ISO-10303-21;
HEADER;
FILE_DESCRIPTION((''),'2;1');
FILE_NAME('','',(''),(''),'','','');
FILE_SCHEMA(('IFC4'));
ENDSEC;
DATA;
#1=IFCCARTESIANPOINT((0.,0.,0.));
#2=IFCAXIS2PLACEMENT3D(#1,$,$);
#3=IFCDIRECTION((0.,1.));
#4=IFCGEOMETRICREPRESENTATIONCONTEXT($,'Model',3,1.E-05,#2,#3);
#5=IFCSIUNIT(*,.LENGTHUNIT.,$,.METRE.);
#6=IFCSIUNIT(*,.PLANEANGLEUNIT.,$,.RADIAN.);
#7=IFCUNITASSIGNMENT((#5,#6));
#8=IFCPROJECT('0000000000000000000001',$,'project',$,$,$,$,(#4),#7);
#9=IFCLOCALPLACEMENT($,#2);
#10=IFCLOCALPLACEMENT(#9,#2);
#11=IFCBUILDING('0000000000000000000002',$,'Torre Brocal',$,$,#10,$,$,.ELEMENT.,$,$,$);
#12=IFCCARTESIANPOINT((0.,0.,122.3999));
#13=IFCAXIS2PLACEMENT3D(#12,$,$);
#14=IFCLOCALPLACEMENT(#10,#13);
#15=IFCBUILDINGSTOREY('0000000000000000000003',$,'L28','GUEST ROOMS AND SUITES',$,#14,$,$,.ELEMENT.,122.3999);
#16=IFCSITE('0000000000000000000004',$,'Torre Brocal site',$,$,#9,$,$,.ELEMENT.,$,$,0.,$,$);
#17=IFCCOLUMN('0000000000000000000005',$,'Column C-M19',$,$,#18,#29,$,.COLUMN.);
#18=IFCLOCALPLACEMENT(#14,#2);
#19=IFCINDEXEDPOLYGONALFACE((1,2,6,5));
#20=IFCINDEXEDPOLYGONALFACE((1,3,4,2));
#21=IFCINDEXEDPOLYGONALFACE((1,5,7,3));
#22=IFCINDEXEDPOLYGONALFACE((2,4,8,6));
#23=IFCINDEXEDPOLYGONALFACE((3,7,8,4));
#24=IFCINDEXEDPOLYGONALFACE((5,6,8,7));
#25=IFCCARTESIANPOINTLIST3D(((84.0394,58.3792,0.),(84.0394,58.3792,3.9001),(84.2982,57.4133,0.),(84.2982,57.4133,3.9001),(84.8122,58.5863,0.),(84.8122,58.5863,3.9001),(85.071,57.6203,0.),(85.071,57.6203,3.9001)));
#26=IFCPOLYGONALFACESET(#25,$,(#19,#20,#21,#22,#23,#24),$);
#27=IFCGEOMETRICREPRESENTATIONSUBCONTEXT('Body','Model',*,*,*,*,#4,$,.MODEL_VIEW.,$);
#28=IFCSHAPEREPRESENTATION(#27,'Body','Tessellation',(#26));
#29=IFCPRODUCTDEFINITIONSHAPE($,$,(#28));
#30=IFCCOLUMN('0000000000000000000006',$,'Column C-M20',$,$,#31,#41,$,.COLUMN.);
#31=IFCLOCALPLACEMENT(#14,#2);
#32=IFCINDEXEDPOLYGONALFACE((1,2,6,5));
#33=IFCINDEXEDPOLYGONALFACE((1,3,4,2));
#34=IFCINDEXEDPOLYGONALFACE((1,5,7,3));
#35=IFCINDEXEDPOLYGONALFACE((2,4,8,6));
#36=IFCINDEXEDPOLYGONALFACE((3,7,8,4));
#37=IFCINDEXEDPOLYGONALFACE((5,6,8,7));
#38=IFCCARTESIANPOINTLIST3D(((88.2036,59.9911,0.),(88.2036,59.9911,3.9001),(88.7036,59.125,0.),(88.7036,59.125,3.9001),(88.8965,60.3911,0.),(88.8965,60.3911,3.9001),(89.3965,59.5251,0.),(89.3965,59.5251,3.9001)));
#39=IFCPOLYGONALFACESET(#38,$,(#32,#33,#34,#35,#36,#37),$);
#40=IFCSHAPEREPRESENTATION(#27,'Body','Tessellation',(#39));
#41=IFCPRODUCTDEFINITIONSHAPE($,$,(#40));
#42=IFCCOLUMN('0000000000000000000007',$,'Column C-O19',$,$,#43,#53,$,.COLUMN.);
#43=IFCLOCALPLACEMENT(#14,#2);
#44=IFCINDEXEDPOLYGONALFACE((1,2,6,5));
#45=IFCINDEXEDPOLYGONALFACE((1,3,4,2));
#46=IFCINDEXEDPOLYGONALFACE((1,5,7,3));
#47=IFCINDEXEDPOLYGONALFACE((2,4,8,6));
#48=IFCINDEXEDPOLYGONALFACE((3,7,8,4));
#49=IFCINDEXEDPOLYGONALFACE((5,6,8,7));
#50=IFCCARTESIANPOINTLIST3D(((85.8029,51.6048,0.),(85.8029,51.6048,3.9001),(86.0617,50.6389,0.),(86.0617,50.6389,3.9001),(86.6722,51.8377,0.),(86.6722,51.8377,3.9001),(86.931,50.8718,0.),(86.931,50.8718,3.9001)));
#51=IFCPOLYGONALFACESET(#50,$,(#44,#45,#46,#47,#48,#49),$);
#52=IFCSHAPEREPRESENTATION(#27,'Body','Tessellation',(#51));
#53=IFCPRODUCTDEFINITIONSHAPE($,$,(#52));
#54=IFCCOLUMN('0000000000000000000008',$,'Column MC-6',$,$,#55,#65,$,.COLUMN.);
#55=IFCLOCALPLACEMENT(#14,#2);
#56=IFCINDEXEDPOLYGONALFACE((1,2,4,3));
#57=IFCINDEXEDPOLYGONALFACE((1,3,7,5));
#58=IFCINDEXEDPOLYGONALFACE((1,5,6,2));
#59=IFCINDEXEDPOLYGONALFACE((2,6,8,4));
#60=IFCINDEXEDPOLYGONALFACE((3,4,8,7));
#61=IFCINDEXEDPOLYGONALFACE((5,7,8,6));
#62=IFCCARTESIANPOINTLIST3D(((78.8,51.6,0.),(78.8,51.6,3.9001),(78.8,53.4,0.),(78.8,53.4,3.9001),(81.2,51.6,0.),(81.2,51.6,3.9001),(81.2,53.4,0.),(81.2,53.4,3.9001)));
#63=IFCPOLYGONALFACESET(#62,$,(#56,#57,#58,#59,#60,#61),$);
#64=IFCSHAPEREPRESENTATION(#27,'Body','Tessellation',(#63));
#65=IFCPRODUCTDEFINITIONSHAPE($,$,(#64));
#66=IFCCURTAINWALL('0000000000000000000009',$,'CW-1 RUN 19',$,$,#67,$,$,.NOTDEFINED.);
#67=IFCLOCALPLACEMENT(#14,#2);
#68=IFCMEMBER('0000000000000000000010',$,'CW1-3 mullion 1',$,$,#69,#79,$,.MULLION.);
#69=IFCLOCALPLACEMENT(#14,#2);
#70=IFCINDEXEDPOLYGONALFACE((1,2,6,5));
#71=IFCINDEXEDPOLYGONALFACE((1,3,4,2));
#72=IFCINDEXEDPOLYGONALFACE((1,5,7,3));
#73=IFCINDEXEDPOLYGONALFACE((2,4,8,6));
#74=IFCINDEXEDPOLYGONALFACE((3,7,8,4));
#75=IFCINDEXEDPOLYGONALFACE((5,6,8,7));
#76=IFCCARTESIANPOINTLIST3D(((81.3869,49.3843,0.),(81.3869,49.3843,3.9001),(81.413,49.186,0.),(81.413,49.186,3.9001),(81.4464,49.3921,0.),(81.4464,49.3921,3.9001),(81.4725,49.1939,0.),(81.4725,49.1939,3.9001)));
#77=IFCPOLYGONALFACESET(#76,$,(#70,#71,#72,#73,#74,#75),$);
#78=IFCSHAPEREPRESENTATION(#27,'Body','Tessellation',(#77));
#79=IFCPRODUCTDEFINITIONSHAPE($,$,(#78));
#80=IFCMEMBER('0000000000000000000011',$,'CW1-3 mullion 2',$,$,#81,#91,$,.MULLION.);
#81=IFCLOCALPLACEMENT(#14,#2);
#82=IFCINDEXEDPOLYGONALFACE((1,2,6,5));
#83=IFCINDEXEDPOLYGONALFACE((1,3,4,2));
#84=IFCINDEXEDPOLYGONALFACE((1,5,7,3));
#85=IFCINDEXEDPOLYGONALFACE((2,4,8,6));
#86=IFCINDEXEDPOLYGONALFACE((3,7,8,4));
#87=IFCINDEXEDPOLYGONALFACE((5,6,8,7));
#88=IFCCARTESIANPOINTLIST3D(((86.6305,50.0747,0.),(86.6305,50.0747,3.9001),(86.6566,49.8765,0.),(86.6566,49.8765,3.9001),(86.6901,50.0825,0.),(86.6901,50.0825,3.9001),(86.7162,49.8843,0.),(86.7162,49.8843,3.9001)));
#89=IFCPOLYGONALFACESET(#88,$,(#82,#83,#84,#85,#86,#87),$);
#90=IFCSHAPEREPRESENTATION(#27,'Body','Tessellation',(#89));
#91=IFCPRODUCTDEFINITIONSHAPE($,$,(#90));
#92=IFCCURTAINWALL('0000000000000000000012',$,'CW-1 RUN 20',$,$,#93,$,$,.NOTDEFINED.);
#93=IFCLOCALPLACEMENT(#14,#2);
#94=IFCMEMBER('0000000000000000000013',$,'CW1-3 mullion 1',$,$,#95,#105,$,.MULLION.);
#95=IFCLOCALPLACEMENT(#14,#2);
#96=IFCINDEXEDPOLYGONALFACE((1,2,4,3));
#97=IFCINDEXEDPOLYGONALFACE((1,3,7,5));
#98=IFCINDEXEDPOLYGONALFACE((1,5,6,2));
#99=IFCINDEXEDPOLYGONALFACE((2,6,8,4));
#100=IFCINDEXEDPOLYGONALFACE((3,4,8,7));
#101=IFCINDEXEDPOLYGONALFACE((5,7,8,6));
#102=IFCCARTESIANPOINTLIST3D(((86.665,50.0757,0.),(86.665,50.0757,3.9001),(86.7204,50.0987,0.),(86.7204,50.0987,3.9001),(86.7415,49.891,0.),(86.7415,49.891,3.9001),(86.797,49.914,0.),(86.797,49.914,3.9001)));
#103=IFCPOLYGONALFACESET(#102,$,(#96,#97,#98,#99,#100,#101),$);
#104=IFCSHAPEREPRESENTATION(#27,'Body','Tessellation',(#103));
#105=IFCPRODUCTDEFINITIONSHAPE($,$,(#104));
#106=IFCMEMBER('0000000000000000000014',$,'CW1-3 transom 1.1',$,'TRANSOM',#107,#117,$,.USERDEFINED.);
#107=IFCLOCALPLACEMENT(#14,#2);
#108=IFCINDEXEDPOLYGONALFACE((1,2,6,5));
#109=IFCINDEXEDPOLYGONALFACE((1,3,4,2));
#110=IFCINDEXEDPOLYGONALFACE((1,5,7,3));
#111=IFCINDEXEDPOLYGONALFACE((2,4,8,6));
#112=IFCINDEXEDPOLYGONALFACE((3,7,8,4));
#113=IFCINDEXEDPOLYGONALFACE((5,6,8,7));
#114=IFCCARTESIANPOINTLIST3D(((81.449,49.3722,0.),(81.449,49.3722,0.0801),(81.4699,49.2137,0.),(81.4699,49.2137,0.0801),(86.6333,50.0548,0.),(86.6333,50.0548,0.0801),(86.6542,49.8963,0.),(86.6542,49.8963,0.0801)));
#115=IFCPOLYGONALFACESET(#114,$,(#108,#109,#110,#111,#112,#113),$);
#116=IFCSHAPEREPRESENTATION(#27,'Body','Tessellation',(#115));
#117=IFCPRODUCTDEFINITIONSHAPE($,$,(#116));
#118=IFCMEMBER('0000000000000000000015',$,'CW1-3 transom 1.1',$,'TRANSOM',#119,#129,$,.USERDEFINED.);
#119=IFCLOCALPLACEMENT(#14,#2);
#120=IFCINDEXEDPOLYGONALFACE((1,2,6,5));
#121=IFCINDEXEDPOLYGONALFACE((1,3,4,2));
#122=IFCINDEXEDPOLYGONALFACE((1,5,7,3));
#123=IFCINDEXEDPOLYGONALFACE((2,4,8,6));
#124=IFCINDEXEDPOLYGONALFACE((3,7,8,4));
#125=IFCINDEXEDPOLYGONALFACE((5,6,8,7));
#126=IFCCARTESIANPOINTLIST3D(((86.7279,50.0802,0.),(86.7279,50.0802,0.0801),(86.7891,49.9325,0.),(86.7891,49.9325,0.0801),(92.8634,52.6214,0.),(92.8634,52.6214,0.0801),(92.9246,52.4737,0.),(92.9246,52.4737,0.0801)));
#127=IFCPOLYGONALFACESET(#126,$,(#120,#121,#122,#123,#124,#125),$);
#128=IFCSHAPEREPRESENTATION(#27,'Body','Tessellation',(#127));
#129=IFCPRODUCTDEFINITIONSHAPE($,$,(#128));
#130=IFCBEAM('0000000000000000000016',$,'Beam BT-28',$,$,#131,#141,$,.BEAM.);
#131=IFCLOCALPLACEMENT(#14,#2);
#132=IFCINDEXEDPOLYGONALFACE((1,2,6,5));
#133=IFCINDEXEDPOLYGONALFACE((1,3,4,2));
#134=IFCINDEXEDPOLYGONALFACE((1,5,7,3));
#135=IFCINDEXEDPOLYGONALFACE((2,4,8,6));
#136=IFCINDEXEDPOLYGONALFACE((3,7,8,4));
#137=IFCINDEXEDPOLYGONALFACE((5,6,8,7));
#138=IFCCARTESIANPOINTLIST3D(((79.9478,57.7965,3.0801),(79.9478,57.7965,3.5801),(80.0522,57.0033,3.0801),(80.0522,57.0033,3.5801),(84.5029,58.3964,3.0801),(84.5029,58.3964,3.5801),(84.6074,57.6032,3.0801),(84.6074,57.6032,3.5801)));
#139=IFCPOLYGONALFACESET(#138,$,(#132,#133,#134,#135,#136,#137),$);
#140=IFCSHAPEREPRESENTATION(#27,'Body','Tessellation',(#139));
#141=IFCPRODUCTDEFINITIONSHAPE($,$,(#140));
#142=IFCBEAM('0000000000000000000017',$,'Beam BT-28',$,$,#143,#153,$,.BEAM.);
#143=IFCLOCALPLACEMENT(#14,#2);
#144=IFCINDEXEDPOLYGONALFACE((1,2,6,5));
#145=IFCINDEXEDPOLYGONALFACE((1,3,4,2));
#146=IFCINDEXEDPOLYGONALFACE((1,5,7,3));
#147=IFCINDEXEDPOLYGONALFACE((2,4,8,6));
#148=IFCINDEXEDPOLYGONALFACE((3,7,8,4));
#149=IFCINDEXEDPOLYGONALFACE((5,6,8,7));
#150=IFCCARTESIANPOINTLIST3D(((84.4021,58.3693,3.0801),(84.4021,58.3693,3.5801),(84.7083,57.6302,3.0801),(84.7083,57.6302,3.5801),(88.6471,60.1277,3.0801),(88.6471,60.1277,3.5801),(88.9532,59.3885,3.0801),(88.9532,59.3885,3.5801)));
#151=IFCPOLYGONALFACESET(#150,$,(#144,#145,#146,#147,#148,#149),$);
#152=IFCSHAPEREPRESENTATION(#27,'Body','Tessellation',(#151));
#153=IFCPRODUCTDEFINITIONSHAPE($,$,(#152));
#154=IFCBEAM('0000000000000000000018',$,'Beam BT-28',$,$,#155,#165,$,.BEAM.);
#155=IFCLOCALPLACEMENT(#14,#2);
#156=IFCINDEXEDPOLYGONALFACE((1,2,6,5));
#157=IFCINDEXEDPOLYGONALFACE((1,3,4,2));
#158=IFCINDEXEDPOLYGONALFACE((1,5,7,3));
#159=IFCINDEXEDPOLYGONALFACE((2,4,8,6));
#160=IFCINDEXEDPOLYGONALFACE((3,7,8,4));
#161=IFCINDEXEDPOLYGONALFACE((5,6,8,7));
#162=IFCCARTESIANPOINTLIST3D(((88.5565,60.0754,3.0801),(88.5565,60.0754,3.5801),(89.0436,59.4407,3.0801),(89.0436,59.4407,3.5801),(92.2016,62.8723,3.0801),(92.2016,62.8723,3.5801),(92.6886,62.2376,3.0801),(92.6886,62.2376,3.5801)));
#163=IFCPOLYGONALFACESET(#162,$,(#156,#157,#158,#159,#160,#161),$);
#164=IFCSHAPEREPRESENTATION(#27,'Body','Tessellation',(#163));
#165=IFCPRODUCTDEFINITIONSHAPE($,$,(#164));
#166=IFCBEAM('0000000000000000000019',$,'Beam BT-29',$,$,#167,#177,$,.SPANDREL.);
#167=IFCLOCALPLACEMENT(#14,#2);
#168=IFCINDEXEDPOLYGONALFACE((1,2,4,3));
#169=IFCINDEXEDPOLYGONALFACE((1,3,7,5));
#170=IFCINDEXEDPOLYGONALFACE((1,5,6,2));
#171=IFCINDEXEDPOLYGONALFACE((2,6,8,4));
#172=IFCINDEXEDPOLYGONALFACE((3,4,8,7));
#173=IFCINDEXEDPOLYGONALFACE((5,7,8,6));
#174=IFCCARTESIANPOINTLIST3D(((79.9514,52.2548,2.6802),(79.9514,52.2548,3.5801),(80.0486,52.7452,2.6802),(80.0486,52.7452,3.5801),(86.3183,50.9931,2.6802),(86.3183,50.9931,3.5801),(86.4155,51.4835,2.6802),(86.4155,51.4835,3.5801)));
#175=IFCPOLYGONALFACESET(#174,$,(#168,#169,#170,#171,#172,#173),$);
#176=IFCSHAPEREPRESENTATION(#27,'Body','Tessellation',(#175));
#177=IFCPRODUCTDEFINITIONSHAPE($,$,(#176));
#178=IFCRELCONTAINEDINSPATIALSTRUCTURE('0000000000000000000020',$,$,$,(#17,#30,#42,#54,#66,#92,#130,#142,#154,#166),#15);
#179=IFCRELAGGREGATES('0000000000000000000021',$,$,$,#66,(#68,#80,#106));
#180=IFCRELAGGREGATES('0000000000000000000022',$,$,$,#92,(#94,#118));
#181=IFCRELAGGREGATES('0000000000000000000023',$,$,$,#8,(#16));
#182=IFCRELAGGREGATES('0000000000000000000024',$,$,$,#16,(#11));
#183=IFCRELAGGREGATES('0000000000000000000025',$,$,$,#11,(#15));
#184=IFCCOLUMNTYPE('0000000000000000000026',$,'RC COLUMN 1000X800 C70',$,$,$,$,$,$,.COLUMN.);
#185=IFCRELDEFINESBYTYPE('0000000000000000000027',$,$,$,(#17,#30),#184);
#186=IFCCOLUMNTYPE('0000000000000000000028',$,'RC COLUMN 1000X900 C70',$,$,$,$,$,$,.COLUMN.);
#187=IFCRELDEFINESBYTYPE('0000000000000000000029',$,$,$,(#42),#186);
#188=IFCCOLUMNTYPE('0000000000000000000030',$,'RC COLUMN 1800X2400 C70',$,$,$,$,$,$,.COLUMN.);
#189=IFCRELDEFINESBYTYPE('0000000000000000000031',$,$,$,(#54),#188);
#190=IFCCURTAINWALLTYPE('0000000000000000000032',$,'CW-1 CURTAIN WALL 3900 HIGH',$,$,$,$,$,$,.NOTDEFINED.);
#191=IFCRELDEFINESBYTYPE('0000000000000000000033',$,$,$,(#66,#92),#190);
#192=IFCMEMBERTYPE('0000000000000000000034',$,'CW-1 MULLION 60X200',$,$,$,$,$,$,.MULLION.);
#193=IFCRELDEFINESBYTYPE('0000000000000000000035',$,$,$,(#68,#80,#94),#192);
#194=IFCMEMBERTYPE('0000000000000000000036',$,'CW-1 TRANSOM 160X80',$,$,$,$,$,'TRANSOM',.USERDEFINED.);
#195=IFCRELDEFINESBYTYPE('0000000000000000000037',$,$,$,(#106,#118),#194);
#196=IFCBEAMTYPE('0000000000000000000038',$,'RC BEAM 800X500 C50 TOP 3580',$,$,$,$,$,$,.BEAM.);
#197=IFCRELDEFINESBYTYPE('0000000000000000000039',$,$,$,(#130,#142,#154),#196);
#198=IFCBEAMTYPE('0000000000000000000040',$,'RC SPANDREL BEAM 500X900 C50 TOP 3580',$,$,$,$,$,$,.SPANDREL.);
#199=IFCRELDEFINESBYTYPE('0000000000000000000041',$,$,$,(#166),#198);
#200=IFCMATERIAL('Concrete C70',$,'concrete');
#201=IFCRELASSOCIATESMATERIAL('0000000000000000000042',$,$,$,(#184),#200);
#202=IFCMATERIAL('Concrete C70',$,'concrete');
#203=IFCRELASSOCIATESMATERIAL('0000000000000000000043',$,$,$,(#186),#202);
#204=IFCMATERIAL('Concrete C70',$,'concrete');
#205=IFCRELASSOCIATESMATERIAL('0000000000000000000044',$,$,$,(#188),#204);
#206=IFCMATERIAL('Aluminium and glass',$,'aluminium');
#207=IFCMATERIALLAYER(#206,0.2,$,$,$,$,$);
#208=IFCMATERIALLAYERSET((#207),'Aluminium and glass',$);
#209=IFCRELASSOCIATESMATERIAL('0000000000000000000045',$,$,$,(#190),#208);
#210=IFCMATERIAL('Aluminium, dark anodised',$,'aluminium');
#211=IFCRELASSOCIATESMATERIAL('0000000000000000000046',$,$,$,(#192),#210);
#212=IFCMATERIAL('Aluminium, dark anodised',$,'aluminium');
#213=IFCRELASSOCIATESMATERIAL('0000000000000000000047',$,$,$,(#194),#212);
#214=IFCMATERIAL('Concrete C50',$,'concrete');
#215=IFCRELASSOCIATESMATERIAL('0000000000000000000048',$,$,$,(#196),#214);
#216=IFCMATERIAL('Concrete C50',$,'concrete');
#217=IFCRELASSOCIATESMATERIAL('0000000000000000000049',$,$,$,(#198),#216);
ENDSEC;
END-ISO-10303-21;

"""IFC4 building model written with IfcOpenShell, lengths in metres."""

from ifc_helpers import new_model, si_unit, direction, frame, origin, origin_2d, place, context, subcontext, project, spatial, rectangle, extrude, material, layer, layer_set, material_profile, profile_set, type_object, element, aggregate, save


model = new_model("IFC4")

# Units and contexts
model_context = context("Model", 3, precision=1e-05, world=origin(), true_north=direction((0.0, 1.0)))
body_context = subcontext(model_context, "Body", "Model", "MODEL_VIEW")
ifc_project = project(units=[si_unit("LENGTHUNIT", "METRE"), si_unit("PLANEANGLEUNIT", "RADIAN")], contexts=[model_context])

# Site, building, storey
site_placement = place(None, origin())
site = spatial("IfcSite", under=ifc_project, at=site_placement, Name="Torre Brocal site", CompositionType="ELEMENT", RefElevation=0.0)
building_placement = place(site_placement, origin())
building = spatial("IfcBuilding", under=site, at=building_placement, Name="Torre Brocal", CompositionType="ELEMENT")
storey_placement = place(building_placement, frame((0.0, 0.0, 122.3999)))
storey = spatial("IfcBuildingStorey", under=building, at=storey_placement, Name="L28", Description="GUEST ROOMS AND SUITES", CompositionType="ELEMENT", Elevation=122.3999)

# Columns
ifc_material_1 = material(Name="Concrete C70", Category="concrete")
ifc_material_profile_1 = material_profile(ifc_material_1, rectangle(XDim=1.0, YDim=0.8, at=origin_2d()), Name="RC 1000X800")
ifc_profile_set_1 = profile_set([ifc_material_profile_1], Name="Concrete C70")
column_type_1 = type_object("IfcColumnType", Name="RC COLUMN 1000X800 C70", PredefinedType="COLUMN", material=ifc_profile_set_1)
for number, where, z_axis, x_axis, name in (
    (1, (84.5552, 57.9998, 0.0), (0.0, 0.0, 1.0), (0.258819, -0.965926, 0.0), "Column C-M19"),
    (2, (88.8, 59.7581, 0.0), (0.0, 0.0, 1.0), (0.5, -0.866025, 0.0), "Column C-M20"),
):
    element("IfcColumn", number, at=place(storey_placement, frame(where, z_axis=z_axis, x_axis=x_axis)), inside=storey, type_object=column_type_1, Name=name, PredefinedType="COLUMN", context=body_context, shape_type="SweptSolid", body=[
        extrude(rectangle(XDim=1.0, YDim=0.8, at=origin_2d()), origin(), (0.0, 0.0, 1.0), 3.9001),
    ])
ifc_material_2 = material(Name="Concrete C70", Category="concrete")
ifc_material_profile_2 = material_profile(ifc_material_2, rectangle(XDim=1.0, YDim=0.8999, at=origin_2d()), Name="RC 1000X900")
ifc_profile_set_2 = profile_set([ifc_material_profile_2], Name="Concrete C70")
column_type_2 = type_object("IfcColumnType", Name="RC COLUMN 1000X900 C70", PredefinedType="COLUMN", material=ifc_profile_set_2)
column_1_placement = place(storey_placement, frame((86.3669, 51.2383, 0.0), z_axis=(0.0, 0.0, 1.0), x_axis=(0.258819, -0.965926, 0.0)))
element("IfcColumn", 3, at=column_1_placement, inside=storey, type_object=column_type_2, Name="Column C-O19", PredefinedType="COLUMN", context=body_context, shape_type="SweptSolid", body=[
    extrude(rectangle(XDim=1.0, YDim=0.8999, at=origin_2d()), origin(), (0.0, 0.0, 1.0), 3.9001),
])
ifc_material_3 = material(Name="Concrete C70", Category="concrete")
ifc_material_profile_3 = material_profile(ifc_material_3, rectangle(XDim=1.8, YDim=2.3999, at=origin_2d()), Name="RC 1800X2400")
ifc_profile_set_3 = profile_set([ifc_material_profile_3], Name="Concrete C70")
column_type_3 = type_object("IfcColumnType", Name="RC COLUMN 1800X2400 C70", PredefinedType="COLUMN", material=ifc_profile_set_3)
column_2_placement = place(storey_placement, frame((80.0, 52.5, 0.0), z_axis=(0.0, 0.0, 1.0), x_axis=(0.0, -1.0, 0.0)))
element("IfcColumn", 4, at=column_2_placement, inside=storey, type_object=column_type_3, Name="Column MC-6", PredefinedType="COLUMN", context=body_context, shape_type="SweptSolid", body=[
    extrude(rectangle(XDim=1.8, YDim=2.3999, at=origin_2d()), origin(), (0.0, 0.0, 1.0), 3.9001),
])

# Curtain wall, members
ifc_material_4 = material(Name="Aluminium and glass", Category="aluminium")
ifc_layer_1 = layer(ifc_material_4, 0.2)
ifc_layer_set_1 = layer_set([ifc_layer_1], Name="Aluminium and glass")
curtain_wall_type = type_object("IfcCurtainWallType", Name="CW-1 CURTAIN WALL 3900 HIGH", PredefinedType="NOTDEFINED", material=ifc_layer_set_1)
curtain_wall_1_placement = place(storey_placement, origin())
curtain_wall_1 = element("IfcCurtainWall", 5, at=curtain_wall_1_placement, inside=storey, type_object=curtain_wall_type, Name="CW-1 RUN 19", PredefinedType="NOTDEFINED")
ifc_material_5 = material(Name="Aluminium, dark anodised", Category="aluminium")
ifc_material_profile_4 = material_profile(ifc_material_5, rectangle(XDim=0.2, YDim=0.0601, at=origin_2d()), Name="CW-1 MULLION 60X200")
ifc_profile_set_4 = profile_set([ifc_material_profile_4], Name="Aluminium, dark anodised")
member_type_1 = type_object("IfcMemberType", Name="CW-1 MULLION 60X200", PredefinedType="MULLION", material=ifc_profile_set_4)
member_1_placement = place(storey_placement, frame((81.4297, 49.2891, 0.0), z_axis=(0.0, 0.0, 1.0), x_axis=(-0.130526, 0.991445, 0.0)))
member_1 = element("IfcMember", 6, at=member_1_placement, type_object=member_type_1, Name="CW1-3 mullion 1", PredefinedType="MULLION", context=body_context, shape_type="SweptSolid", body=[
    extrude(rectangle(XDim=0.2, YDim=0.0601, at=origin_2d()), origin(), (0.0, 0.0, 1.0), 3.9001),
])
member_2_placement = place(storey_placement, frame((86.6733, 49.9795, 0.0), z_axis=(0.0, 0.0, 1.0), x_axis=(-0.130526, 0.991445, 0.0)))
member_2 = element("IfcMember", 7, at=member_2_placement, type_object=member_type_1, Name="CW1-3 mullion 2", PredefinedType="MULLION", context=body_context, shape_type="SweptSolid", body=[
    extrude(rectangle(XDim=0.2, YDim=0.0601, at=origin_2d()), origin(), (0.0, 0.0, 1.0), 3.9001),
])

# Curtain wall, member
curtain_wall_2_placement = place(storey_placement, origin())
curtain_wall_2 = element("IfcCurtainWall", 8, at=curtain_wall_2_placement, inside=storey, type_object=curtain_wall_type, Name="CW-1 RUN 20", PredefinedType="NOTDEFINED")
member_3_placement = place(storey_placement, frame((86.731, 49.9949, 0.0), z_axis=(0.0, 0.0, 1.0), x_axis=(-0.382683, 0.92388, 0.0)))
member_3 = element("IfcMember", 9, at=member_3_placement, type_object=member_type_1, Name="CW1-3 mullion 1", PredefinedType="MULLION", context=body_context, shape_type="SweptSolid", body=[
    extrude(rectangle(XDim=0.2, YDim=0.0601, at=origin_2d()), origin(), (0.0, 0.0, 1.0), 3.9001),
])

# Members
ifc_material_6 = material(Name="Aluminium, dark anodised", Category="aluminium")
ifc_material_profile_5 = material_profile(ifc_material_6, rectangle(XDim=0.1599, YDim=0.0801, at=origin_2d()), Name="CW-1 TRANSOM 160X80")
ifc_profile_set_5 = profile_set([ifc_material_profile_5], Name="Aluminium, dark anodised")
member_type_2 = type_object("IfcMemberType", Name="CW-1 TRANSOM 160X80", ElementType="TRANSOM", PredefinedType="USERDEFINED", material=ifc_profile_set_5)
member_4_placement = place(storey_placement, frame((81.4595, 49.293, 0.04), z_axis=(0.991443, 0.130543, 0.0), x_axis=(-0.130543, 0.991443, 0.0)))
member_4 = element("IfcMember", 10, at=member_4_placement, type_object=member_type_2, Name="CW1-3 transom 1.1", ObjectType="TRANSOM", PredefinedType="USERDEFINED", context=body_context, shape_type="SweptSolid", body=[
    extrude(rectangle(XDim=0.1599, YDim=0.0801, at=origin_2d()), origin(), (0.0, 0.0, 1.0), 5.229),
])
member_5_placement = place(storey_placement, frame((86.7585, 50.0063, 0.04), z_axis=(0.923887, 0.382665, 0.0), x_axis=(-0.382665, 0.923887, 0.0)))
member_5 = element("IfcMember", 11, at=member_5_placement, type_object=member_type_2, Name="CW1-3 transom 1.1", ObjectType="TRANSOM", PredefinedType="USERDEFINED", context=body_context, shape_type="SweptSolid", body=[
    extrude(rectangle(XDim=0.1599, YDim=0.0801, at=origin_2d()), origin(), (0.0, 0.0, 1.0), 6.6409),
])

# Beams
ifc_material_7 = material(Name="Concrete C50", Category="concrete")
ifc_material_profile_6 = material_profile(ifc_material_7, rectangle(XDim=0.8, YDim=0.5, at=origin_2d()), Name="RC 800X500")
ifc_profile_set_6 = profile_set([ifc_material_profile_6], Name="Concrete C50")
beam_type_1 = type_object("IfcBeamType", Name="RC BEAM 800X500 C50 TOP 3580", PredefinedType="BEAM", material=ifc_profile_set_6)
beam_1_placement = place(storey_placement, frame((80.0, 57.3999, 3.3301), z_axis=(0.991441, 0.130559, 0.0), x_axis=(-0.130559, 0.991441, 0.0)))
element("IfcBeam", 12, at=beam_1_placement, inside=storey, type_object=beam_type_1, Name="Beam BT-28", PredefinedType="BEAM", context=body_context, shape_type="SweptSolid", body=[
    extrude(rectangle(XDim=0.8, YDim=0.5, at=origin_2d()), origin(), (0.0, 0.0, 1.0), 4.5945),
])
beam_2_placement = place(storey_placement, frame((84.5552, 57.9998, 3.3301), z_axis=(0.923878, 0.382687, 0.0), x_axis=(-0.382687, 0.923878, 0.0)))
element("IfcBeam", 13, at=beam_2_placement, inside=storey, type_object=beam_type_1, Name="Beam BT-28", PredefinedType="BEAM", context=body_context, shape_type="SweptSolid", body=[
    extrude(rectangle(XDim=0.8, YDim=0.5, at=origin_2d()), origin(), (0.0, 0.0, 1.0), 4.5947),
])
beam_3_placement = place(storey_placement, frame((88.8, 59.7581, 3.3301), z_axis=(0.793358, 0.608755, 0.0), x_axis=(-0.608755, 0.793358, 0.0)))
element("IfcBeam", 14, at=beam_3_placement, inside=storey, type_object=beam_type_1, Name="Beam BT-28", PredefinedType="BEAM", context=body_context, shape_type="SweptSolid", body=[
    extrude(rectangle(XDim=0.8, YDim=0.5, at=origin_2d()), origin(), (0.0, 0.0, 1.0), 4.5945),
])
ifc_material_8 = material(Name="Concrete C50", Category="concrete")
ifc_material_profile_7 = material_profile(ifc_material_8, rectangle(XDim=0.5, YDim=0.8999, at=origin_2d()), Name="RC 500X900")
ifc_profile_set_7 = profile_set([ifc_material_profile_7], Name="Concrete C50")
beam_type_2 = type_object("IfcBeamType", Name="RC SPANDREL BEAM 500X900 C50 TOP 3580", PredefinedType="SPANDREL", material=ifc_profile_set_7)
beam_4_placement = place(storey_placement, frame((80.0, 52.5, 3.1301), z_axis=(0.980925, -0.194387, 0.0), x_axis=(0.194387, 0.980925, 0.0)))
element("IfcBeam", 15, at=beam_4_placement, inside=storey, type_object=beam_type_2, Name="Beam BT-29", PredefinedType="SPANDREL", context=body_context, shape_type="SweptSolid", body=[
    extrude(rectangle(XDim=0.5, YDim=0.8999, at=origin_2d()), origin(), (0.0, 0.0, 1.0), 6.4907),
])

aggregate(curtain_wall_1, [member_1, member_2, member_4])
aggregate(curtain_wall_2, [member_3, member_5])

save(model, "model.ifc")
